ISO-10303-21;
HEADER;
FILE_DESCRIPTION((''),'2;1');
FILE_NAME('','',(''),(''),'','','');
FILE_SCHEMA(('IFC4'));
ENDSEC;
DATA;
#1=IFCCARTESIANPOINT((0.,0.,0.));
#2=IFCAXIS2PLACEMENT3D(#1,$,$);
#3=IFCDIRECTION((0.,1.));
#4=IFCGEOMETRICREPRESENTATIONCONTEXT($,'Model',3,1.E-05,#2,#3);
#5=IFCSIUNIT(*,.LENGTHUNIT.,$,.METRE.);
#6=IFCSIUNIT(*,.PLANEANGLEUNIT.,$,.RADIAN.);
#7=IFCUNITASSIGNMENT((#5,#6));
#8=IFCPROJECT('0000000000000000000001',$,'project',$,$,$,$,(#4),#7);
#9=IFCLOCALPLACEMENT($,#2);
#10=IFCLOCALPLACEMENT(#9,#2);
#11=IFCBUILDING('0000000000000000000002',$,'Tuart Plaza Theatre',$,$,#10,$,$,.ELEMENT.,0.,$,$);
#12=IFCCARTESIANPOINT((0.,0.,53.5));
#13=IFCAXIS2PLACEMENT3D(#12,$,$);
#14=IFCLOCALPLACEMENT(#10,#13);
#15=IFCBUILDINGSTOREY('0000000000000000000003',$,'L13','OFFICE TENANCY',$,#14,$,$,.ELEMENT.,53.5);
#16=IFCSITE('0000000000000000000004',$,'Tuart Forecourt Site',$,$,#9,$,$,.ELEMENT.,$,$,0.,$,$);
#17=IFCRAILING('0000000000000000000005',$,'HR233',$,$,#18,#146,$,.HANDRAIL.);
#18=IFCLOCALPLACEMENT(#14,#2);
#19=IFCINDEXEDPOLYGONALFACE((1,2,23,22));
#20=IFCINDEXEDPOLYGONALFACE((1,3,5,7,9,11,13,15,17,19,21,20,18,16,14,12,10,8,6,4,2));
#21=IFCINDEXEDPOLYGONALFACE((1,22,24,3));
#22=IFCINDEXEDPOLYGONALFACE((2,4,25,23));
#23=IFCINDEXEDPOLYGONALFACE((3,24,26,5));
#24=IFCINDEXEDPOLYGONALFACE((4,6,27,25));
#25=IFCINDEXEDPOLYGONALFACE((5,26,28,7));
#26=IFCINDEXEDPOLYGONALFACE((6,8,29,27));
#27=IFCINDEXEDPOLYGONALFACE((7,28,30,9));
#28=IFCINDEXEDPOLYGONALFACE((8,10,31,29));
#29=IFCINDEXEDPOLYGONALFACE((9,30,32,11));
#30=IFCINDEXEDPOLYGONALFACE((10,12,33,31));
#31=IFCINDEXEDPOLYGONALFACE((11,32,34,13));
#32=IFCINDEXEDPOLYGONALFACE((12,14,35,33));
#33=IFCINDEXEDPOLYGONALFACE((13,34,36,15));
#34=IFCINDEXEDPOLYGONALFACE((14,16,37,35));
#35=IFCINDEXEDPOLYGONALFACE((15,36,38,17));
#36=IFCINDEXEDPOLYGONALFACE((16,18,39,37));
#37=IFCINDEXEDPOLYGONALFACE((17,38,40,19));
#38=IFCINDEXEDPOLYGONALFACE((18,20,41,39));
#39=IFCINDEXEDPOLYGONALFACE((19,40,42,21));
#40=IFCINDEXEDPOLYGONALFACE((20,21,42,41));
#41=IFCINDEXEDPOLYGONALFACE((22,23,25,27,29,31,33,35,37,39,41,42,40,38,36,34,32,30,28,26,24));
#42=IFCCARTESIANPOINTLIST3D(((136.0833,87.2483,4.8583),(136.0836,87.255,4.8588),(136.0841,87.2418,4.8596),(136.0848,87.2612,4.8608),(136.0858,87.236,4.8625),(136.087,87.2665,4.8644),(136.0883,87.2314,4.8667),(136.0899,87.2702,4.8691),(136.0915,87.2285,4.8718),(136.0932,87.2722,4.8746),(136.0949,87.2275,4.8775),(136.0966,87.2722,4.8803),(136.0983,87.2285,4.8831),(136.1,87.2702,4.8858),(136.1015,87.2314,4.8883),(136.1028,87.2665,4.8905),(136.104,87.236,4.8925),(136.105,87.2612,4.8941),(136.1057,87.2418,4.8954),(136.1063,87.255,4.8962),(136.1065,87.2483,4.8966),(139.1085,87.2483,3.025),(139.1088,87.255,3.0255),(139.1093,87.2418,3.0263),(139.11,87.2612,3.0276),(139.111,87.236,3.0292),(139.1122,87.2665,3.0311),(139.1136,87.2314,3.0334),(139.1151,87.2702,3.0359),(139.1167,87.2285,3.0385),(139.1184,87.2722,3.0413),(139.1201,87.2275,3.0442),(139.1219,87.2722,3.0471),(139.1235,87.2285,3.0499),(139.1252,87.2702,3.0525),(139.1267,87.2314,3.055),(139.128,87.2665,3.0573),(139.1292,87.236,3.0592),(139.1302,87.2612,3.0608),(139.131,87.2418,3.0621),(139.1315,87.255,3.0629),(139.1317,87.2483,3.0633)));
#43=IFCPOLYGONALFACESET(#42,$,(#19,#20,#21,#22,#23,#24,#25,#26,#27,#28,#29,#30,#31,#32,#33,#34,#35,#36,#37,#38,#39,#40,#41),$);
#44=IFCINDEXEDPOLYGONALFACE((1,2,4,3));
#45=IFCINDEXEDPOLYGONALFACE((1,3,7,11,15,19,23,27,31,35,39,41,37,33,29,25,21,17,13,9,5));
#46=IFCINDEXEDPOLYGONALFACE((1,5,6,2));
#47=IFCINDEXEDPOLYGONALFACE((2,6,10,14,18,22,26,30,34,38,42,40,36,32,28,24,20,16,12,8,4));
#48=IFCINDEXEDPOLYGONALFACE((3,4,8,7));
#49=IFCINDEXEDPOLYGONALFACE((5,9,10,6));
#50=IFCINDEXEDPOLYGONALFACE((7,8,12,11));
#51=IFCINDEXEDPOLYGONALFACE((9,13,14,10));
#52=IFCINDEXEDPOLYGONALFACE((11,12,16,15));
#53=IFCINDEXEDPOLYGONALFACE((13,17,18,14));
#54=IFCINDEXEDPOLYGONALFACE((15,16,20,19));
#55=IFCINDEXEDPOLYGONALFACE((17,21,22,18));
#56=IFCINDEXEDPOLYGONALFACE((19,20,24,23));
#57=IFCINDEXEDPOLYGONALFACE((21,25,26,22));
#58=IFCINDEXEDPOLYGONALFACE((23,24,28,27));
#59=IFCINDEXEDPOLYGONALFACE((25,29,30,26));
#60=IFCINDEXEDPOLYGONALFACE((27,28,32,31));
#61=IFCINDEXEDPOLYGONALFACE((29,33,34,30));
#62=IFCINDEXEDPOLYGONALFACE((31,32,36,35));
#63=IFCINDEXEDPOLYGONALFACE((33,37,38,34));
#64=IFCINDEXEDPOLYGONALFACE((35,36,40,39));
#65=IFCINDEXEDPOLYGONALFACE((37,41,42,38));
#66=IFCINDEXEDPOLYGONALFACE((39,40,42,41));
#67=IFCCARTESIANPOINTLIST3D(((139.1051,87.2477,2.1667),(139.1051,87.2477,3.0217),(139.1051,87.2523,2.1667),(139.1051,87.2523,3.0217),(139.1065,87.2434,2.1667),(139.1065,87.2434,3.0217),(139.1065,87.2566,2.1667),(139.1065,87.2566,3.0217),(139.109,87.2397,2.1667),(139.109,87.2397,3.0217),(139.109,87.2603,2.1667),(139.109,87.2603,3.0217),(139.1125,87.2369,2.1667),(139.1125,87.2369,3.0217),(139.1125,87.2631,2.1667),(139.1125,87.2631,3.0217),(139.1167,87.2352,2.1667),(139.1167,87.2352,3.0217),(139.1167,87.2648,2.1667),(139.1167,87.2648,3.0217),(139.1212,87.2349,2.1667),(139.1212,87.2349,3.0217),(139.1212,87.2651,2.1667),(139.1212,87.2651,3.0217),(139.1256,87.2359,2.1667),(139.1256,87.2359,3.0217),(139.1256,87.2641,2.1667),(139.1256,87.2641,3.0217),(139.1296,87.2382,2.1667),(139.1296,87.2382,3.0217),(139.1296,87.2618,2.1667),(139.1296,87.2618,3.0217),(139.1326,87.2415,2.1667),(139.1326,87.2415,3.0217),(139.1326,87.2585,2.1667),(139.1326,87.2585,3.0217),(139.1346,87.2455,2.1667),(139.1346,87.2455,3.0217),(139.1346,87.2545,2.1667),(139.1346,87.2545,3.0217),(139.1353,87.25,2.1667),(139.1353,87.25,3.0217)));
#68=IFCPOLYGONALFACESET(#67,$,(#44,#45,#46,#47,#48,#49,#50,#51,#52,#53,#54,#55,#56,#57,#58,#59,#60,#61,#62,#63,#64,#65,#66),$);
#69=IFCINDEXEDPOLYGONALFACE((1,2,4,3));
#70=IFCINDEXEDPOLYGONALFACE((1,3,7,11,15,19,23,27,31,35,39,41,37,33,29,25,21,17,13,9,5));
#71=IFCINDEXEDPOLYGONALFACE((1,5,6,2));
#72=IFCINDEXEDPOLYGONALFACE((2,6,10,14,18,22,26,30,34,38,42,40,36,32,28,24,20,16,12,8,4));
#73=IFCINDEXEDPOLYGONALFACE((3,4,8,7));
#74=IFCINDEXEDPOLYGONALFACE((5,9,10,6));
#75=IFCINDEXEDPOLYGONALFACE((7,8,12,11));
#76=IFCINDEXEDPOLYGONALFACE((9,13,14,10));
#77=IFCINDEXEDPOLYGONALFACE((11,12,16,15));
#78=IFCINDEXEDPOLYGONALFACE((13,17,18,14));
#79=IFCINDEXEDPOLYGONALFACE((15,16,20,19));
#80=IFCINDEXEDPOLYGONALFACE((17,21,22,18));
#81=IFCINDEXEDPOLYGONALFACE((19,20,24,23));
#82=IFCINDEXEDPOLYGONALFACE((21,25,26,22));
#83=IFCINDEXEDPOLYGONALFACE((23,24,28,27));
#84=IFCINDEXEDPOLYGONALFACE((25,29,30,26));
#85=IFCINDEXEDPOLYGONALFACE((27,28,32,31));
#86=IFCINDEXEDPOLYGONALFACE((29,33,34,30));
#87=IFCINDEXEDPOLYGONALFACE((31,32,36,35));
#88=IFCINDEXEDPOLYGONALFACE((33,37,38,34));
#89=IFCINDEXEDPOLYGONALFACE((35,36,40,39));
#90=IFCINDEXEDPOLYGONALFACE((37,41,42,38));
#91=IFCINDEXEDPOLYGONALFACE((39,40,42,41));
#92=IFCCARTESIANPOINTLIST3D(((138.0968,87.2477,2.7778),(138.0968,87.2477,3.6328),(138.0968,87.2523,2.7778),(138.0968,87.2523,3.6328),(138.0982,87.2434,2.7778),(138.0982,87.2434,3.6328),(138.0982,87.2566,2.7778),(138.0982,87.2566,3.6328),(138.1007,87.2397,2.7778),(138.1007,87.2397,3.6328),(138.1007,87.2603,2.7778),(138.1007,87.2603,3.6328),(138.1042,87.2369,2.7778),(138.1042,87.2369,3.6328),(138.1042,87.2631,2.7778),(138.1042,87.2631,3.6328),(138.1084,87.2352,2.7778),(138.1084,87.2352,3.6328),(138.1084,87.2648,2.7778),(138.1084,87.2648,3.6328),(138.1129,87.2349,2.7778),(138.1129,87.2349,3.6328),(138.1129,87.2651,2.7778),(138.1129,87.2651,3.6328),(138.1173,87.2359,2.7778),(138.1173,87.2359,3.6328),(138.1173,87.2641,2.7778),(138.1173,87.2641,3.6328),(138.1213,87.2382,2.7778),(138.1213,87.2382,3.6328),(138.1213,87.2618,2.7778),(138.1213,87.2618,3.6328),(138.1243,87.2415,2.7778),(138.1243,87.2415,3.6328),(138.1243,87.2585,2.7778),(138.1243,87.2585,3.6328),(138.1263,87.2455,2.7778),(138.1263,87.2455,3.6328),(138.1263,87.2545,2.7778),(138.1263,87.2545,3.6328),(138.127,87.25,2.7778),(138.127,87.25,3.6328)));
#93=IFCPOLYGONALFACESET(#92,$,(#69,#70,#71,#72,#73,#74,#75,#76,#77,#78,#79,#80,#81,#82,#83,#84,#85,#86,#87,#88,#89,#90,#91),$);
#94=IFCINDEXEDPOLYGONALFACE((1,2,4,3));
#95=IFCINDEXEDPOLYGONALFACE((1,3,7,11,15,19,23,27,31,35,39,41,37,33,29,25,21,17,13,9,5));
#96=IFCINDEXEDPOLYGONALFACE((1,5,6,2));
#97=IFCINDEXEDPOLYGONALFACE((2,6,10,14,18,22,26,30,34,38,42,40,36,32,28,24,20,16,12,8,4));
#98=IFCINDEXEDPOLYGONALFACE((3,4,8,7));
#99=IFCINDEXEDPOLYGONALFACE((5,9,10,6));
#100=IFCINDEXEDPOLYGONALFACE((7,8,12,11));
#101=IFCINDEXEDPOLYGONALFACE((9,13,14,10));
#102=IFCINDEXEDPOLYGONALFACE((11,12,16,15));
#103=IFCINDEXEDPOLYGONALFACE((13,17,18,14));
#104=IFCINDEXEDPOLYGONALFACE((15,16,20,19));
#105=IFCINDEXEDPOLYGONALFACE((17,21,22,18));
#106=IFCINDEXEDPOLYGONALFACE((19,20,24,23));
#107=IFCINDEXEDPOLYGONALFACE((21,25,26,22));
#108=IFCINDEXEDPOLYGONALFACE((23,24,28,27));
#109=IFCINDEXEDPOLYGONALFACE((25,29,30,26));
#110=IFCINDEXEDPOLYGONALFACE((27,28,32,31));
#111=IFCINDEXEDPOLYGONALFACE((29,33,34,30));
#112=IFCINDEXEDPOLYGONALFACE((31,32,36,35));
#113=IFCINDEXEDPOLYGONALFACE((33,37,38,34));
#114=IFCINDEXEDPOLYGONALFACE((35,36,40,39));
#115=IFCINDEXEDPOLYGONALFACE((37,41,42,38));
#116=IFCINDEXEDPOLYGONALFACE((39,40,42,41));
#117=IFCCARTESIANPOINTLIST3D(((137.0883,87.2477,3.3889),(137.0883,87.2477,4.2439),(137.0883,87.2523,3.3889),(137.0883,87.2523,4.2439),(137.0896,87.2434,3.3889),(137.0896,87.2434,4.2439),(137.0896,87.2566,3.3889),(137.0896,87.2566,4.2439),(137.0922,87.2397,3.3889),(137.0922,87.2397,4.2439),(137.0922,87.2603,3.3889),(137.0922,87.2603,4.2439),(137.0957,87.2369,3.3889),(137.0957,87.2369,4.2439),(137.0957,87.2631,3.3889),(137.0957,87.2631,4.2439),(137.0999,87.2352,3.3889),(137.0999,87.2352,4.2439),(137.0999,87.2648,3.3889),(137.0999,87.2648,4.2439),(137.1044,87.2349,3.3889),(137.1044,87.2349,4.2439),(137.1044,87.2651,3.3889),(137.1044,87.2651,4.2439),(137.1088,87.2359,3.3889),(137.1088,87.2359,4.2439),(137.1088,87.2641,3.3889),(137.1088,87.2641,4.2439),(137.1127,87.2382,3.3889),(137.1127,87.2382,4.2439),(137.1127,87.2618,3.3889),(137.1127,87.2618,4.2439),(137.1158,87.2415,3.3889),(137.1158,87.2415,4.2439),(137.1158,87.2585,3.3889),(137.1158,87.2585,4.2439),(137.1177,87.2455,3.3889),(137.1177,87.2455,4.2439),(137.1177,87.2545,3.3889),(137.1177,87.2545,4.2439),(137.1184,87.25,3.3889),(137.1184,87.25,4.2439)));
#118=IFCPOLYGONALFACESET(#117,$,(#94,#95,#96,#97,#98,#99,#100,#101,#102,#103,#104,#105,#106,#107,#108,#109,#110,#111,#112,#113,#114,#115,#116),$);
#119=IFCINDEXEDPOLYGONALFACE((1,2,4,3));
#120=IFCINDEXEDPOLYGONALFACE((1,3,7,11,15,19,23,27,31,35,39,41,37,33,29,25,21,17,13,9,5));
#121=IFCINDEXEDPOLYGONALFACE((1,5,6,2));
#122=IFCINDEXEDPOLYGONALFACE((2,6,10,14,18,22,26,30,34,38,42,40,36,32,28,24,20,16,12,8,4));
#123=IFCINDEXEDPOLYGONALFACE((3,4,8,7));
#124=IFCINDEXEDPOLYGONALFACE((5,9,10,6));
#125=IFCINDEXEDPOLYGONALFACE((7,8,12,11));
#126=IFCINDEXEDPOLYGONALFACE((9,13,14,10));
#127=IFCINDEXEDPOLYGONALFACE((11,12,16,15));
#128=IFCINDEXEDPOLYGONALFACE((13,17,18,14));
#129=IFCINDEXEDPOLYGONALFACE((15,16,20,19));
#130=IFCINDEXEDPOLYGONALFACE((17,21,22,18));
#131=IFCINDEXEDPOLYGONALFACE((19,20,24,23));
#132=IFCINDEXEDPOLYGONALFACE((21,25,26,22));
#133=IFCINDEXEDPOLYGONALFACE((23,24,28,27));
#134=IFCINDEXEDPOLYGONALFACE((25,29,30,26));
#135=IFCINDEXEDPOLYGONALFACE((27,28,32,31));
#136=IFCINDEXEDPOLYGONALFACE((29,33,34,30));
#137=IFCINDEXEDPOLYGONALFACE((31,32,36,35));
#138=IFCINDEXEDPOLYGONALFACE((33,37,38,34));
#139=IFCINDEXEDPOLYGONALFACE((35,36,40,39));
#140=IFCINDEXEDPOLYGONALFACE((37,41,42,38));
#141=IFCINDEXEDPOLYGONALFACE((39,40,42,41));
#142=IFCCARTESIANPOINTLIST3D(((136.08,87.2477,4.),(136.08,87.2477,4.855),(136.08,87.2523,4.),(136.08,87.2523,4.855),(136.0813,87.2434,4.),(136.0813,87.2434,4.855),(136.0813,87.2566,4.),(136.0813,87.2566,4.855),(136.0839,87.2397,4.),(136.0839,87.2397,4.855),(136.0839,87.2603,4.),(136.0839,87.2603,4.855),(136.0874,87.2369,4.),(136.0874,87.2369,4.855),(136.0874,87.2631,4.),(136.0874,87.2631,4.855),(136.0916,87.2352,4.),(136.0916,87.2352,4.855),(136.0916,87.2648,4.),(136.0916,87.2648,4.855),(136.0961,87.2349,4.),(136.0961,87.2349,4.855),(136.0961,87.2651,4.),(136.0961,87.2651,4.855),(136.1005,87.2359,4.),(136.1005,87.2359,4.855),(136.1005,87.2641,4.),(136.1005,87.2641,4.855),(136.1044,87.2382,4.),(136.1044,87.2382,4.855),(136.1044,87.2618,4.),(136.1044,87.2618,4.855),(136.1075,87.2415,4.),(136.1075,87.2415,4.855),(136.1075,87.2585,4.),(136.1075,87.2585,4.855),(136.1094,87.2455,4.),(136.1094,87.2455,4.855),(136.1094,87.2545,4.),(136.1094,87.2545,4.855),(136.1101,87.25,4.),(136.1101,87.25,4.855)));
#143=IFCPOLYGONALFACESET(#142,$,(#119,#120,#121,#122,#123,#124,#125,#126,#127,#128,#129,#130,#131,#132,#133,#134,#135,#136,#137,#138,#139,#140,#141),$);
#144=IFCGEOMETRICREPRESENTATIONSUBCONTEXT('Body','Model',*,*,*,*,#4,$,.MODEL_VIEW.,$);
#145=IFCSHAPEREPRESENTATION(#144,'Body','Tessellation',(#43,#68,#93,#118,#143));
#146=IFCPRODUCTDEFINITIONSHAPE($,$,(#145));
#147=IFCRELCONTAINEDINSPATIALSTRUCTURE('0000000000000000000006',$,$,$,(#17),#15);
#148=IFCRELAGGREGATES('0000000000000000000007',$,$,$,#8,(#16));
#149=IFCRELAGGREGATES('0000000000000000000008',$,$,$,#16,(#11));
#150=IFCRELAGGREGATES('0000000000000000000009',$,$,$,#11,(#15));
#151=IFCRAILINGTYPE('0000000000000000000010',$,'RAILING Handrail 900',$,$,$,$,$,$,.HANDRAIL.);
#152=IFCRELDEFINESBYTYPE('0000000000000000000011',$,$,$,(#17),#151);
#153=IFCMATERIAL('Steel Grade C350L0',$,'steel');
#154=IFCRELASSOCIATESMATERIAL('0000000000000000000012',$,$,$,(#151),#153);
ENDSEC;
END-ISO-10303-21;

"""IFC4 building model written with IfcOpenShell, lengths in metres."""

from ifc_helpers import new_model, si_unit, direction, frame, origin, origin_2d, place, context, subcontext, project, spatial, circle, extrude, material, type_object, element, save


model = new_model("IFC4")

# Units and contexts
model_context = context("Model", 3, precision=1e-05, world=origin(), true_north=direction((0.0, 1.0)))
body_context = subcontext(model_context, "Body", "Model", "MODEL_VIEW")
ifc_project = project(units=[si_unit("LENGTHUNIT", "METRE"), si_unit("PLANEANGLEUNIT", "RADIAN")], contexts=[model_context])

# Site, building, storey
site_placement = place(None, origin())
site = spatial("IfcSite", under=ifc_project, at=site_placement, Name="Tuart Forecourt Site", CompositionType="ELEMENT", RefElevation=0.0)
building_placement = place(site_placement, origin())
building = spatial("IfcBuilding", under=site, at=building_placement, Name="Tuart Plaza Theatre", CompositionType="ELEMENT", ElevationOfRefHeight=0.0)
storey_placement = place(building_placement, frame((0.0, 0.0, 53.5)))
storey = spatial("IfcBuildingStorey", under=building, at=storey_placement, Name="L13", Description="OFFICE TENANCY", CompositionType="ELEMENT", Elevation=53.5)

# Railing
ifc_material_1 = material(Name="Steel Grade C350L0", Category="steel")
railing_type_1 = type_object("IfcRailingType", Name="RAILING Handrail 900", PredefinedType="HANDRAIL", material=ifc_material_1)
for number, where, name in (
    (1, (139.1201, 87.25, 2.1667), "HR233"),
):
    element("IfcRailing", number, at=place(storey_placement, frame(where)), inside=storey, type_object=railing_type_1, Name=name, PredefinedType="HANDRAIL", context=body_context, shape_type="SweptSolid", body=[
        extrude(circle(Radius=0.0225, at=origin_2d()), frame((0.0, 0.0, 0.8774), z_axis=(-0.855219, 0.0, 0.518267), x_axis=(0.0, -1.0, 0.0)), (0.0, 0.0, 1.0), 3.5374),
        extrude(circle(Radius=0.0151, at=origin_2d()), origin(), (0.0, 0.0, 1.0), 0.855),
        extrude(circle(Radius=0.0151, at=origin_2d()), frame((-1.0083, 0.0, 0.6111)), (0.0, 0.0, 1.0), 0.855),
        extrude(circle(Radius=0.0151, at=origin_2d()), frame((-2.0168, 0.0, 1.2222)), (0.0, 0.0, 1.0), 0.855),
        extrude(circle(Radius=0.0151, at=origin_2d()), frame((-3.0251, 0.0, 1.8333)), (0.0, 0.0, 1.0), 0.855),
    ])

save(model, "model.ifc")
